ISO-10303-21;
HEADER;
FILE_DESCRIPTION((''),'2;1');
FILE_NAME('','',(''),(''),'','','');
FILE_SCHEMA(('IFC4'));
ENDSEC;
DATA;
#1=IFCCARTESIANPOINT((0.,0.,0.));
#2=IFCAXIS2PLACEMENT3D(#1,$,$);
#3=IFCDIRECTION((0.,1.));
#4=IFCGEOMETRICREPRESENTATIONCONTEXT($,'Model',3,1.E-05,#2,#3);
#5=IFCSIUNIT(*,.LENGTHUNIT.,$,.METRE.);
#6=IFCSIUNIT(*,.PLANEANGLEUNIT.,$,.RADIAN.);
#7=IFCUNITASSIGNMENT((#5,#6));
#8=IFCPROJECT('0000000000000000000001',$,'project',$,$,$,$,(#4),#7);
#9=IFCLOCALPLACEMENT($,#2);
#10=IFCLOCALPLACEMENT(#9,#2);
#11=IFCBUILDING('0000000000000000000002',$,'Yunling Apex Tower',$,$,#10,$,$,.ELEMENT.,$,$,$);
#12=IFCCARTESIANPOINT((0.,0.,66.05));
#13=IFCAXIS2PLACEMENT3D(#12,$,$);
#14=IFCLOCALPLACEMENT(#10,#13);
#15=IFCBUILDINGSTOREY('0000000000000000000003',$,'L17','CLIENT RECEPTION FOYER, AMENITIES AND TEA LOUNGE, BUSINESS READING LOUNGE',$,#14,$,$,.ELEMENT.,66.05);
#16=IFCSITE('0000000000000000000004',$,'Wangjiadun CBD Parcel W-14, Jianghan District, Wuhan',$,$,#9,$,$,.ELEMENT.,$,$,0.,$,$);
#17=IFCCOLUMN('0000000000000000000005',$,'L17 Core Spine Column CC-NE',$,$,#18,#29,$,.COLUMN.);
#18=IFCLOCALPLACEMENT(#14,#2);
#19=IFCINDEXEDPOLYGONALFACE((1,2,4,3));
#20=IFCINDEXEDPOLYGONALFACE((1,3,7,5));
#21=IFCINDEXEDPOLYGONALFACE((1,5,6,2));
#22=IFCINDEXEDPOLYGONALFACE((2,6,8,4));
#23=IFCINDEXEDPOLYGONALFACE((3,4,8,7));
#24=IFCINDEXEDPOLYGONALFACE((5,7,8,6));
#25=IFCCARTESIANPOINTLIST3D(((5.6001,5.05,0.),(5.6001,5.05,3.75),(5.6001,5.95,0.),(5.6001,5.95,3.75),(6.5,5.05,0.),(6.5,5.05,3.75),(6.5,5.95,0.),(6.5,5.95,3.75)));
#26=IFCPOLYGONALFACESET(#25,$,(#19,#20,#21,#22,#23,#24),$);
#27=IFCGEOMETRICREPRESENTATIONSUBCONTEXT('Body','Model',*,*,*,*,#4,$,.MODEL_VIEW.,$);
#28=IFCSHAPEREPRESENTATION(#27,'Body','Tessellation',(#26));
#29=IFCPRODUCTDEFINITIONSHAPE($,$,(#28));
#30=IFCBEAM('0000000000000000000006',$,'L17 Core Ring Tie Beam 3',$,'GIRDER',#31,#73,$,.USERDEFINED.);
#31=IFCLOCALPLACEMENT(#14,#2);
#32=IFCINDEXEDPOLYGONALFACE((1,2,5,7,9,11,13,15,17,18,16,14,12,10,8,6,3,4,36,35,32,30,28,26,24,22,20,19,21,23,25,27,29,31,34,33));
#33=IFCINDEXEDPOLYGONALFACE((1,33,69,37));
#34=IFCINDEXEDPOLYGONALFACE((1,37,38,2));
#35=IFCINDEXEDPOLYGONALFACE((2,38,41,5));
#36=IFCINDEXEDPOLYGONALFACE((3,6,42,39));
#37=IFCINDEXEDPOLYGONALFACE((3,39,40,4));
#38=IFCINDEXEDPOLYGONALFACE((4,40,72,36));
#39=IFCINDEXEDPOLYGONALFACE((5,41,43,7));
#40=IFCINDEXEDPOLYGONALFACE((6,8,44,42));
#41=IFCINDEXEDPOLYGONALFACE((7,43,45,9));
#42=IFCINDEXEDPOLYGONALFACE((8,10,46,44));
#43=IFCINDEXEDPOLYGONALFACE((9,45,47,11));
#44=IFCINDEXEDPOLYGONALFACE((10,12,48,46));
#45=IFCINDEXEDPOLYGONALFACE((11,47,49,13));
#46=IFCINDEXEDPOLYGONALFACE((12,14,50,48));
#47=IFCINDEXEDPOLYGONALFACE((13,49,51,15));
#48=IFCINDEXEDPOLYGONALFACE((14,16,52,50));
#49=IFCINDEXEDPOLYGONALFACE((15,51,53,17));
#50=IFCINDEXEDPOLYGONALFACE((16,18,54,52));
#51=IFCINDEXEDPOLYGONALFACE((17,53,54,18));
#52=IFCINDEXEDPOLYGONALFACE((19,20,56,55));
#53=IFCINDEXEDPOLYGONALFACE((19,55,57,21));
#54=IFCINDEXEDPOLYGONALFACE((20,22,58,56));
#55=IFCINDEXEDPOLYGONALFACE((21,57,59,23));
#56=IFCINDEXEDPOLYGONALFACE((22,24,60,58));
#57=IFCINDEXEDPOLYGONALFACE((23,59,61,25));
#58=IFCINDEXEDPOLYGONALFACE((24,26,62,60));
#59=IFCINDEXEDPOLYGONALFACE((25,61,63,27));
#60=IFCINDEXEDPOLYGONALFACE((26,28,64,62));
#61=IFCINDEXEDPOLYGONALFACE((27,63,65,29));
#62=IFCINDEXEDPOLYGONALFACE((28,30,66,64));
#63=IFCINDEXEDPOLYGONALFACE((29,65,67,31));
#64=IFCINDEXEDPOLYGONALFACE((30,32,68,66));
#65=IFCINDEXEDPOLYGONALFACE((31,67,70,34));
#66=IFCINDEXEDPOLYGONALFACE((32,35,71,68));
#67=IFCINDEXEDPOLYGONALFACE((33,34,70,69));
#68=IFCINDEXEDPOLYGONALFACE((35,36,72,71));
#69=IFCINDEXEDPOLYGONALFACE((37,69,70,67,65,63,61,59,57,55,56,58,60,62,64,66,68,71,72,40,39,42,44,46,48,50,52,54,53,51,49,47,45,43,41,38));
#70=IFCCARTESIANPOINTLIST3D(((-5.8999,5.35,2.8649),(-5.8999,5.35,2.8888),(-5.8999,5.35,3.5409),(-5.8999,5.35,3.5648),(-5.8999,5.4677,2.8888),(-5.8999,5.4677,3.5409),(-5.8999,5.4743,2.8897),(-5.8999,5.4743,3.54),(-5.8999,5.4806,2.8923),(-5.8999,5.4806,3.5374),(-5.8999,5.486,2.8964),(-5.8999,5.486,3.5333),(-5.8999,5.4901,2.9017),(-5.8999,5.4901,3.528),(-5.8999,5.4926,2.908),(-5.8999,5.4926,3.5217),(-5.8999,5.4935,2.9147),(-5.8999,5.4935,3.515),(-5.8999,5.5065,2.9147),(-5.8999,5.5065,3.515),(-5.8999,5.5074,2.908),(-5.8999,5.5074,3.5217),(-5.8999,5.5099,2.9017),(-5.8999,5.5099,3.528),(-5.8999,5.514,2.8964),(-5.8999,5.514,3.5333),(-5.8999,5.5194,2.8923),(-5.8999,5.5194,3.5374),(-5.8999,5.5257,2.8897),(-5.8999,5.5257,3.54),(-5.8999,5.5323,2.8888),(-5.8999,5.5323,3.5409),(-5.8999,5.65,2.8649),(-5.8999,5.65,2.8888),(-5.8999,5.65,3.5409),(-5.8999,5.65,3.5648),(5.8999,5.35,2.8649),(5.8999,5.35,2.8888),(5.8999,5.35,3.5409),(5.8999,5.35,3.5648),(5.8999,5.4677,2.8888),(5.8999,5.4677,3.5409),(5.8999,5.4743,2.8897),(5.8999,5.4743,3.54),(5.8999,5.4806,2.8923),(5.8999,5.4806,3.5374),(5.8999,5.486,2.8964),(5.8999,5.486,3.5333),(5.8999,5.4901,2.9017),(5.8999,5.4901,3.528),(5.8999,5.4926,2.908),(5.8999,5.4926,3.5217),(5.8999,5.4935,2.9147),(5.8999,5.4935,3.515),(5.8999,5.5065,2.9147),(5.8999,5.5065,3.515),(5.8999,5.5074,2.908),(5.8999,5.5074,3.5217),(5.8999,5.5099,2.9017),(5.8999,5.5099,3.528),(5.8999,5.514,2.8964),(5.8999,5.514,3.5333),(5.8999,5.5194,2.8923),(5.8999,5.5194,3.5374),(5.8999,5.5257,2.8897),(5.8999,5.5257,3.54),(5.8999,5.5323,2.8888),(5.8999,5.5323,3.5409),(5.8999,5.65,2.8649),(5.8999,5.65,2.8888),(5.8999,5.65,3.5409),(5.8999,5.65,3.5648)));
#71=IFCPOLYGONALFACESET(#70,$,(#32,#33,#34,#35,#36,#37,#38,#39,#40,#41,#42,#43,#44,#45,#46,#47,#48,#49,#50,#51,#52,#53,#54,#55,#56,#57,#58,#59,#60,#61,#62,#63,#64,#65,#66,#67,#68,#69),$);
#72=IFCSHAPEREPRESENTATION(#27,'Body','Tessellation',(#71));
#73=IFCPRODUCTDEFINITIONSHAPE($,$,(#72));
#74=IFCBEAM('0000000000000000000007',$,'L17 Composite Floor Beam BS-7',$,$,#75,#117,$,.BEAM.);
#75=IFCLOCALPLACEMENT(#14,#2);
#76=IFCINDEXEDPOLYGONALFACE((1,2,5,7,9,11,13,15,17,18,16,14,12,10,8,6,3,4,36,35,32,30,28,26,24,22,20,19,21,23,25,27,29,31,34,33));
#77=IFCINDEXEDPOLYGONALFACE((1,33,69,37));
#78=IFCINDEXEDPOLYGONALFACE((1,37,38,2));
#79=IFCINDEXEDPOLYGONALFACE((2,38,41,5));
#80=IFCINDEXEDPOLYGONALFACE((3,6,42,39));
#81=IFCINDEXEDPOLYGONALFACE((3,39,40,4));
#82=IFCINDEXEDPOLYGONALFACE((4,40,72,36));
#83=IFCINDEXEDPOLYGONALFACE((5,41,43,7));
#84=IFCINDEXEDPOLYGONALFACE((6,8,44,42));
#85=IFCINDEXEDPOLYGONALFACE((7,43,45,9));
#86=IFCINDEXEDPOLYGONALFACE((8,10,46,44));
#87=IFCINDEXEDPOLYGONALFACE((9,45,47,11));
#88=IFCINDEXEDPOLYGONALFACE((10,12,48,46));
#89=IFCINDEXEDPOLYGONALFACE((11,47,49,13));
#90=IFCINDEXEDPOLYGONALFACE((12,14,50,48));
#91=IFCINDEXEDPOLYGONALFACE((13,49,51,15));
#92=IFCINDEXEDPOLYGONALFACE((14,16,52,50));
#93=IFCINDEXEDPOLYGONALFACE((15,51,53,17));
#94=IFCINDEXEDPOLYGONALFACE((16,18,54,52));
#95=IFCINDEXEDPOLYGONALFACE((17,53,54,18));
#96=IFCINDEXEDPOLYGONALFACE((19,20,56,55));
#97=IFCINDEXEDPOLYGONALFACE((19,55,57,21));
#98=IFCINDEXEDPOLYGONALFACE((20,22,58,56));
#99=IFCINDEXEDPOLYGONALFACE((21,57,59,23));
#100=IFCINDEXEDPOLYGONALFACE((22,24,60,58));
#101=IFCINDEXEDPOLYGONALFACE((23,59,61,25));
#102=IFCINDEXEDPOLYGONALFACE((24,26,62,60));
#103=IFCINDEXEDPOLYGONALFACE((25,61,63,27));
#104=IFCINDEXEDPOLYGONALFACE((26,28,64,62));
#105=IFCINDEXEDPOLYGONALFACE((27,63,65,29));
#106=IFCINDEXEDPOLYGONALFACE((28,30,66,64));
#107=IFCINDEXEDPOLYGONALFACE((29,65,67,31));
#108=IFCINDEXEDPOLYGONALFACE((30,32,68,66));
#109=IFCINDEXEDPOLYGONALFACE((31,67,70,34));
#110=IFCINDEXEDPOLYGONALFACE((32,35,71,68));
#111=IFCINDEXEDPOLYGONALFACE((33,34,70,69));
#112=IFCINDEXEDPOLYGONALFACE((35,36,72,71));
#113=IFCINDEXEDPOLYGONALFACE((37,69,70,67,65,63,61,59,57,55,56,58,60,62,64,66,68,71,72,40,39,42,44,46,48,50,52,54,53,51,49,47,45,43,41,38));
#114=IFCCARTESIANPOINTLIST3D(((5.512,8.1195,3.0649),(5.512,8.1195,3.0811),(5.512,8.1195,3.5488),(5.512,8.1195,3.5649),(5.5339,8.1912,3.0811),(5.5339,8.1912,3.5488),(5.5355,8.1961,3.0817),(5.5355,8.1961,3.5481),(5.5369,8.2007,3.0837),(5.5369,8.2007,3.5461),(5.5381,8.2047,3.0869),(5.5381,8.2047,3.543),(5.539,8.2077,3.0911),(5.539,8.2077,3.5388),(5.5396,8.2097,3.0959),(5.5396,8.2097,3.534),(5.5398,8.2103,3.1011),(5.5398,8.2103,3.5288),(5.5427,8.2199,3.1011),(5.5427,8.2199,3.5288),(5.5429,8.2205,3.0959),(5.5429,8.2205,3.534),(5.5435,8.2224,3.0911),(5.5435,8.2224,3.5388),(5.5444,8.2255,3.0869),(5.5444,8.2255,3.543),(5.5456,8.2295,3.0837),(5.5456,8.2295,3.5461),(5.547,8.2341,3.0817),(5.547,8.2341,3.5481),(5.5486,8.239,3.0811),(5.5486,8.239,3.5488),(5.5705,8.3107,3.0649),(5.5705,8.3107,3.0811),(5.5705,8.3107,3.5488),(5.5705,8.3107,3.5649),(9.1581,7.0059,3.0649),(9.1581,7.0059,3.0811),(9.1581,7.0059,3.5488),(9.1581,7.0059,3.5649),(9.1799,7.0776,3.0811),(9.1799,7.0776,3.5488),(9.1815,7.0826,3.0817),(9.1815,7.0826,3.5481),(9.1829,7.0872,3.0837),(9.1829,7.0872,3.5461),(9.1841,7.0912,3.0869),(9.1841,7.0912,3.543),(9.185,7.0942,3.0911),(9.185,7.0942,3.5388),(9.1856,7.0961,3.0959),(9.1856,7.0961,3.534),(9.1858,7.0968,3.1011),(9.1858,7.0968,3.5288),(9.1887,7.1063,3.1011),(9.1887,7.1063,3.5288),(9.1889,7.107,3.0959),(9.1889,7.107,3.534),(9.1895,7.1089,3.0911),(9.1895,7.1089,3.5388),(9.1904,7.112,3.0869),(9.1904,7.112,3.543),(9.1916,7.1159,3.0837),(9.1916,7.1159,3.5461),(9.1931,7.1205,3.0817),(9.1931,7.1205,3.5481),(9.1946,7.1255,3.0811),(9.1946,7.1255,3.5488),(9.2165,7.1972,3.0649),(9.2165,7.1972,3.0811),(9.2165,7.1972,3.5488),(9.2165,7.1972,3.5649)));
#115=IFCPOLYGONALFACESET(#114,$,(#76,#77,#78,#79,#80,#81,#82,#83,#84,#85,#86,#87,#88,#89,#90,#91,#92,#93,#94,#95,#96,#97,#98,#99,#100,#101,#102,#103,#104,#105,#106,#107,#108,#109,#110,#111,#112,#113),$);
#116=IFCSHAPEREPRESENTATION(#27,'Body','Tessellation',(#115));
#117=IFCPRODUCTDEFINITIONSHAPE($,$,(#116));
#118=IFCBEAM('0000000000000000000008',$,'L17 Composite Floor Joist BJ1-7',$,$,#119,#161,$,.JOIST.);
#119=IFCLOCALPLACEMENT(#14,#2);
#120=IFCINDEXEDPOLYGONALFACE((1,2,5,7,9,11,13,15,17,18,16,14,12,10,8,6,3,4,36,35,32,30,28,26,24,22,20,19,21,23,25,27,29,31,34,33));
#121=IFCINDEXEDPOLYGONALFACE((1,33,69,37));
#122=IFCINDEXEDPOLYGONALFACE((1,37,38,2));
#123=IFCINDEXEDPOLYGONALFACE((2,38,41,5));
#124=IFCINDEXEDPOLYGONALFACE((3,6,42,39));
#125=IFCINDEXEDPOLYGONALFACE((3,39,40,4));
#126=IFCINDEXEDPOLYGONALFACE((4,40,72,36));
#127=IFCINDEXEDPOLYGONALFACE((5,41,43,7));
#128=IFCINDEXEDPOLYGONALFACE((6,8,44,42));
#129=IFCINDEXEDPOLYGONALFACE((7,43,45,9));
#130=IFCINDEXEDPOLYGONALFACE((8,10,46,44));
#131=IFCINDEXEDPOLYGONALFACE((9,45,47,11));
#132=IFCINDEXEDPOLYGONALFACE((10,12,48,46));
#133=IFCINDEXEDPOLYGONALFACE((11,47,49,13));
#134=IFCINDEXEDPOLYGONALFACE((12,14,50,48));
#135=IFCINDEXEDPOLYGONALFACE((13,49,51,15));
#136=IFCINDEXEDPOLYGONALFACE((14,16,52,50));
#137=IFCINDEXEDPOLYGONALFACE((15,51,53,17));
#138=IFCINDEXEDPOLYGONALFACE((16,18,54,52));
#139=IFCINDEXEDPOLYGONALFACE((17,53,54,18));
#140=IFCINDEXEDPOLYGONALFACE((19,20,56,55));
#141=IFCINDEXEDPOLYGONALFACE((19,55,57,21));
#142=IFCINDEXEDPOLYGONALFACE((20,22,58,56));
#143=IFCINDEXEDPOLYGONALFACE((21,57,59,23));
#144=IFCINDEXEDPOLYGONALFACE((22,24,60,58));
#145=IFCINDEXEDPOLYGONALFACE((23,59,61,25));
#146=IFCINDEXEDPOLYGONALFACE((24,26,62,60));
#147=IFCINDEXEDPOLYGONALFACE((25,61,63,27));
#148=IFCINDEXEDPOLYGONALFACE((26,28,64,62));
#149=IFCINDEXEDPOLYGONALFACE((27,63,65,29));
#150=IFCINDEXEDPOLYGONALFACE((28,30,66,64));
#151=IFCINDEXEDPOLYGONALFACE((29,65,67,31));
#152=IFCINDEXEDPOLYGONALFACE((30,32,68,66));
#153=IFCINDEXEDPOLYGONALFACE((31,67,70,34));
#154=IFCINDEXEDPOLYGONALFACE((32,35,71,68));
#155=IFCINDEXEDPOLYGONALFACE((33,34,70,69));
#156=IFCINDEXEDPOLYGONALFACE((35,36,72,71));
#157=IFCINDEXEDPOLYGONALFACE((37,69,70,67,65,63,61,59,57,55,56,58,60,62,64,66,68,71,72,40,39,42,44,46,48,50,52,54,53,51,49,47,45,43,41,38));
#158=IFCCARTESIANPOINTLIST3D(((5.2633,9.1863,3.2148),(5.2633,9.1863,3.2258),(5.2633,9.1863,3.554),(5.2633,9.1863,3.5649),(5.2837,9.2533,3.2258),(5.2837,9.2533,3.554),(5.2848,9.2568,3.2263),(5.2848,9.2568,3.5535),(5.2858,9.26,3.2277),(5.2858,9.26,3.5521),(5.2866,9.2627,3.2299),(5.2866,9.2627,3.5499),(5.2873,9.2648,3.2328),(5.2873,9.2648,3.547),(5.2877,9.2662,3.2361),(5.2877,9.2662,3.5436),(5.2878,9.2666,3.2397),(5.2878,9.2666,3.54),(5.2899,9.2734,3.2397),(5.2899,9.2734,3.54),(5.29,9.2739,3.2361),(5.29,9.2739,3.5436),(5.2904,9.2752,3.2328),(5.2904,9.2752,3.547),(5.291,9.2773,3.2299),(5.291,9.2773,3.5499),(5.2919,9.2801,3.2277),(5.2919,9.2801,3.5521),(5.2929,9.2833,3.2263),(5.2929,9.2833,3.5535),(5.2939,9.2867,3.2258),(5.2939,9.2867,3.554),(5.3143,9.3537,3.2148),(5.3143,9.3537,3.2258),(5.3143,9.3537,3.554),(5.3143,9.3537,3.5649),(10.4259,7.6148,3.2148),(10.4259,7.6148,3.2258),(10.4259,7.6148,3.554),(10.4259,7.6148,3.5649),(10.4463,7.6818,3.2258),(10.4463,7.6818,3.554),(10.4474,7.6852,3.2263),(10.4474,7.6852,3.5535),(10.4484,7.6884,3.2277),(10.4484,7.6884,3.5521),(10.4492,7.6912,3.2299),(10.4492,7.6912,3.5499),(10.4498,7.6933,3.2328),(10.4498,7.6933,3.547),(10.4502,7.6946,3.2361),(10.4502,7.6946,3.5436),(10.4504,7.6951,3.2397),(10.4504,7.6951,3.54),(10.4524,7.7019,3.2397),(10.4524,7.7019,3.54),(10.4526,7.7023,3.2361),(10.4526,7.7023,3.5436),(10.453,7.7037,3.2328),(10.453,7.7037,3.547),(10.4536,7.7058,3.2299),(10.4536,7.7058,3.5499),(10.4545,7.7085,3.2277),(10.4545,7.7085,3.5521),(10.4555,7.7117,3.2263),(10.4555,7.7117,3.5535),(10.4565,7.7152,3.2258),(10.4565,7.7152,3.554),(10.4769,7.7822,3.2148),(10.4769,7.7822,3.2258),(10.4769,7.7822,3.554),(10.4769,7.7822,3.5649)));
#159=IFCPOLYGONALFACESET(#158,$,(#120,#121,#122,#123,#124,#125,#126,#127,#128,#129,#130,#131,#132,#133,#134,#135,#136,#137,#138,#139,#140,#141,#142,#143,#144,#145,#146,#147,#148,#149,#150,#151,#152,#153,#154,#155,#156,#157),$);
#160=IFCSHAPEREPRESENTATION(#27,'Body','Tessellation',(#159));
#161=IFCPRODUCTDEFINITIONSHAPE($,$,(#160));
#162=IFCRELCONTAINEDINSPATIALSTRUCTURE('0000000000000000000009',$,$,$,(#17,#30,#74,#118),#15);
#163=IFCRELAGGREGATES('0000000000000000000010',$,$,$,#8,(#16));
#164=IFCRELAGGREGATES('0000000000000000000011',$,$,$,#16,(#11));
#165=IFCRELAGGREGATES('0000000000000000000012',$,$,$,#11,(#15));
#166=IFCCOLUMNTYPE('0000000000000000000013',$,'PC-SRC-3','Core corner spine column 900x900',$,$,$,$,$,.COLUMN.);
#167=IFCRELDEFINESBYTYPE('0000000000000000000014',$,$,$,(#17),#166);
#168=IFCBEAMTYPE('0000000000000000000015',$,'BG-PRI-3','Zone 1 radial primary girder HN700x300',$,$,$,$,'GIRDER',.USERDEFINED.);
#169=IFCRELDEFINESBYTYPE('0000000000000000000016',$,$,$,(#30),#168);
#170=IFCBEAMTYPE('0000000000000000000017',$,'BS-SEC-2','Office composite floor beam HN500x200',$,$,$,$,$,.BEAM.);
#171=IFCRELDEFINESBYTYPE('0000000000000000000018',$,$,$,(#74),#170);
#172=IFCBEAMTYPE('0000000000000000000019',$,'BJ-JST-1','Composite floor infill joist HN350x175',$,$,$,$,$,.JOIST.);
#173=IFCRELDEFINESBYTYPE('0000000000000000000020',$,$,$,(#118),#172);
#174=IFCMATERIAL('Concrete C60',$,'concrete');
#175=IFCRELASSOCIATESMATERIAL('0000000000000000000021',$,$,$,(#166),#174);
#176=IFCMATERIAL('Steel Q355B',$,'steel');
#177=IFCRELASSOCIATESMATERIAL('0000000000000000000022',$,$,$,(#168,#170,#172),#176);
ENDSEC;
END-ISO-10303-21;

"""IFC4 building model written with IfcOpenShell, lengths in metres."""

from ifc_helpers import new_model, si_unit, direction, frame, origin, origin_2d, place, context, subcontext, project, spatial, rectangle, i_section, extrude, source, transform, mapped, material, material_profile, profile_set, type_object, element, save


model = new_model("IFC4")

# Units and contexts
model_context = context("Model", 3, precision=1e-05, world=origin(), true_north=direction((0.0, 1.0)))
body_context = subcontext(model_context, "Body", "Model", "MODEL_VIEW")
ifc_project = project(units=[si_unit("LENGTHUNIT", "METRE"), si_unit("PLANEANGLEUNIT", "RADIAN")], contexts=[model_context])

# Site, building, storey
site_placement = place(None, origin())
site = spatial("IfcSite", under=ifc_project, at=site_placement, Name="Wangjiadun CBD Parcel W-14, Jianghan District, Wuhan", CompositionType="ELEMENT", RefElevation=0.0)
building_placement = place(site_placement, origin())
building = spatial("IfcBuilding", under=site, at=building_placement, Name="Yunling Apex Tower", CompositionType="ELEMENT")
storey_placement = place(building_placement, frame((0.0, 0.0, 66.05)))
storey = spatial("IfcBuildingStorey", under=building, at=storey_placement, Name="L17", Description="CLIENT RECEPTION FOYER, AMENITIES AND TEA LOUNGE, BUSINESS READING LOUNGE", CompositionType="ELEMENT", Elevation=66.05)

# Column
ifc_material_1 = material(Name="Concrete C60", Category="concrete")
ifc_material_profile_1 = material_profile(ifc_material_1, rectangle(XDim=0.8999, YDim=0.8999, at=origin_2d()))
ifc_profile_set_1 = profile_set([ifc_material_profile_1], Name="Concrete C60")
column_type = type_object("IfcColumnType", Name="PC-SRC-3", Description="Core corner spine column 900x900", PredefinedType="COLUMN", material=ifc_profile_set_1)
shared_shape_1 = source(origin(), body_context, "Body", "SweptSolid", [
    extrude(rectangle(XDim=0.8999, YDim=0.8999, at=origin_2d()), origin(), (0.0, 0.0, 1.0), 3.75),
])
column_placement = place(storey_placement, frame((6.05, 5.5, 0.0), z_axis=(0.0, 0.0, 1.0), x_axis=(1.0, 0.0, 0.0)))
element("IfcColumn", 1, at=column_placement, inside=storey, type_object=column_type, Name="L17 Core Spine Column CC-NE", PredefinedType="COLUMN", context=body_context, shape_type="MappedRepresentation", body=[
    mapped(shared_shape_1, transform((0.0, 0.0, 0.0), scale=1.0)),
])

# Beams
ifc_material_2 = material(Name="Steel Q355B", Category="steel")
ifc_material_profile_2 = material_profile(ifc_material_2, i_section(OverallWidth=0.3, OverallDepth=0.7, WebThickness=0.0129, FlangeThickness=0.0239, FilletRadius=0.0259, at=origin_2d()))
ifc_profile_set_2 = profile_set([ifc_material_profile_2], Name="Steel Q355B")
beam_type_1 = type_object("IfcBeamType", Name="BG-PRI-3", Description="Zone 1 radial primary girder HN700x300", ElementType="GIRDER", PredefinedType="USERDEFINED", material=ifc_profile_set_2)
shared_shape_2 = source(origin(), body_context, "Body", "SweptSolid", [
    extrude(i_section(OverallWidth=0.3, OverallDepth=0.7, WebThickness=0.0129, FlangeThickness=0.0239, FilletRadius=0.0259, at=origin_2d()), origin(), (0.0, 0.0, 1.0), 11.7998),
])
beam_1_placement = place(storey_placement, frame((5.8999, 5.5, 3.2148), z_axis=(-1.0, 0.0, 0.0), x_axis=(0.0, -1.0, 0.0)))
element("IfcBeam", 2, at=beam_1_placement, inside=storey, type_object=beam_type_1, Name="L17 Core Ring Tie Beam 3", ObjectType="GIRDER", PredefinedType="USERDEFINED", context=body_context, shape_type="MappedRepresentation", body=[
    mapped(shared_shape_2, transform((0.0, 0.0, 0.0), scale=1.0)),
])
ifc_material_profile_3 = material_profile(ifc_material_2, i_section(OverallWidth=0.2, OverallDepth=0.5, WebThickness=0.01, FlangeThickness=0.0161, FilletRadius=0.02, at=origin_2d()))
ifc_profile_set_3 = profile_set([ifc_material_profile_3], Name="Steel Q355B")
beam_type_2 = type_object("IfcBeamType", Name="BS-SEC-2", Description="Office composite floor beam HN500x200", PredefinedType="BEAM", material=ifc_profile_set_3)
shared_shape_3 = source(origin(), body_context, "Body", "SweptSolid", [
    extrude(i_section(OverallWidth=0.2, OverallDepth=0.5, WebThickness=0.01, FlangeThickness=0.0161, FilletRadius=0.02, at=origin_2d()), origin(), (0.0, 0.0, 1.0), 3.8123),
])
beam_2_placement = place(storey_placement, frame((9.1873, 7.1016, 3.3149), z_axis=(-0.95639, 0.292092, 0.0), x_axis=(-0.292092, -0.95639, 0.0)))
element("IfcBeam", 3, at=beam_2_placement, inside=storey, type_object=beam_type_2, Name="L17 Composite Floor Beam BS-7", PredefinedType="BEAM", context=body_context, shape_type="MappedRepresentation", body=[
    mapped(shared_shape_3, transform((0.0, 0.0, 0.0), scale=1.0)),
])
ifc_material_profile_4 = material_profile(ifc_material_2, i_section(OverallWidth=0.175, OverallDepth=0.3501, WebThickness=0.0071, FlangeThickness=0.011, FilletRadius=0.0139, at=origin_2d()))
ifc_profile_set_4 = profile_set([ifc_material_profile_4], Name="Steel Q355B")
beam_type_3 = type_object("IfcBeamType", Name="BJ-JST-1", Description="Composite floor infill joist HN350x175", PredefinedType="JOIST", material=ifc_profile_set_4)
shared_shape_4 = source(origin(), body_context, "Body", "SweptSolid", [
    extrude(i_section(OverallWidth=0.175, OverallDepth=0.3501, WebThickness=0.0071, FlangeThickness=0.011, FilletRadius=0.0139, at=origin_2d()), origin(), (0.0, 0.0, 1.0), 5.3965),
])
beam_3_placement = place(storey_placement, frame((10.4514, 7.6985, 3.3899), z_axis=(-0.956658, 0.291214, 0.0), x_axis=(-0.291214, -0.956658, 0.0)))
element("IfcBeam", 4, at=beam_3_placement, inside=storey, type_object=beam_type_3, Name="L17 Composite Floor Joist BJ1-7", PredefinedType="JOIST", context=body_context, shape_type="MappedRepresentation", body=[
    mapped(shared_shape_4, transform((0.0, 0.0, 0.0), scale=1.0)),
])

save(model, "model.ifc")
